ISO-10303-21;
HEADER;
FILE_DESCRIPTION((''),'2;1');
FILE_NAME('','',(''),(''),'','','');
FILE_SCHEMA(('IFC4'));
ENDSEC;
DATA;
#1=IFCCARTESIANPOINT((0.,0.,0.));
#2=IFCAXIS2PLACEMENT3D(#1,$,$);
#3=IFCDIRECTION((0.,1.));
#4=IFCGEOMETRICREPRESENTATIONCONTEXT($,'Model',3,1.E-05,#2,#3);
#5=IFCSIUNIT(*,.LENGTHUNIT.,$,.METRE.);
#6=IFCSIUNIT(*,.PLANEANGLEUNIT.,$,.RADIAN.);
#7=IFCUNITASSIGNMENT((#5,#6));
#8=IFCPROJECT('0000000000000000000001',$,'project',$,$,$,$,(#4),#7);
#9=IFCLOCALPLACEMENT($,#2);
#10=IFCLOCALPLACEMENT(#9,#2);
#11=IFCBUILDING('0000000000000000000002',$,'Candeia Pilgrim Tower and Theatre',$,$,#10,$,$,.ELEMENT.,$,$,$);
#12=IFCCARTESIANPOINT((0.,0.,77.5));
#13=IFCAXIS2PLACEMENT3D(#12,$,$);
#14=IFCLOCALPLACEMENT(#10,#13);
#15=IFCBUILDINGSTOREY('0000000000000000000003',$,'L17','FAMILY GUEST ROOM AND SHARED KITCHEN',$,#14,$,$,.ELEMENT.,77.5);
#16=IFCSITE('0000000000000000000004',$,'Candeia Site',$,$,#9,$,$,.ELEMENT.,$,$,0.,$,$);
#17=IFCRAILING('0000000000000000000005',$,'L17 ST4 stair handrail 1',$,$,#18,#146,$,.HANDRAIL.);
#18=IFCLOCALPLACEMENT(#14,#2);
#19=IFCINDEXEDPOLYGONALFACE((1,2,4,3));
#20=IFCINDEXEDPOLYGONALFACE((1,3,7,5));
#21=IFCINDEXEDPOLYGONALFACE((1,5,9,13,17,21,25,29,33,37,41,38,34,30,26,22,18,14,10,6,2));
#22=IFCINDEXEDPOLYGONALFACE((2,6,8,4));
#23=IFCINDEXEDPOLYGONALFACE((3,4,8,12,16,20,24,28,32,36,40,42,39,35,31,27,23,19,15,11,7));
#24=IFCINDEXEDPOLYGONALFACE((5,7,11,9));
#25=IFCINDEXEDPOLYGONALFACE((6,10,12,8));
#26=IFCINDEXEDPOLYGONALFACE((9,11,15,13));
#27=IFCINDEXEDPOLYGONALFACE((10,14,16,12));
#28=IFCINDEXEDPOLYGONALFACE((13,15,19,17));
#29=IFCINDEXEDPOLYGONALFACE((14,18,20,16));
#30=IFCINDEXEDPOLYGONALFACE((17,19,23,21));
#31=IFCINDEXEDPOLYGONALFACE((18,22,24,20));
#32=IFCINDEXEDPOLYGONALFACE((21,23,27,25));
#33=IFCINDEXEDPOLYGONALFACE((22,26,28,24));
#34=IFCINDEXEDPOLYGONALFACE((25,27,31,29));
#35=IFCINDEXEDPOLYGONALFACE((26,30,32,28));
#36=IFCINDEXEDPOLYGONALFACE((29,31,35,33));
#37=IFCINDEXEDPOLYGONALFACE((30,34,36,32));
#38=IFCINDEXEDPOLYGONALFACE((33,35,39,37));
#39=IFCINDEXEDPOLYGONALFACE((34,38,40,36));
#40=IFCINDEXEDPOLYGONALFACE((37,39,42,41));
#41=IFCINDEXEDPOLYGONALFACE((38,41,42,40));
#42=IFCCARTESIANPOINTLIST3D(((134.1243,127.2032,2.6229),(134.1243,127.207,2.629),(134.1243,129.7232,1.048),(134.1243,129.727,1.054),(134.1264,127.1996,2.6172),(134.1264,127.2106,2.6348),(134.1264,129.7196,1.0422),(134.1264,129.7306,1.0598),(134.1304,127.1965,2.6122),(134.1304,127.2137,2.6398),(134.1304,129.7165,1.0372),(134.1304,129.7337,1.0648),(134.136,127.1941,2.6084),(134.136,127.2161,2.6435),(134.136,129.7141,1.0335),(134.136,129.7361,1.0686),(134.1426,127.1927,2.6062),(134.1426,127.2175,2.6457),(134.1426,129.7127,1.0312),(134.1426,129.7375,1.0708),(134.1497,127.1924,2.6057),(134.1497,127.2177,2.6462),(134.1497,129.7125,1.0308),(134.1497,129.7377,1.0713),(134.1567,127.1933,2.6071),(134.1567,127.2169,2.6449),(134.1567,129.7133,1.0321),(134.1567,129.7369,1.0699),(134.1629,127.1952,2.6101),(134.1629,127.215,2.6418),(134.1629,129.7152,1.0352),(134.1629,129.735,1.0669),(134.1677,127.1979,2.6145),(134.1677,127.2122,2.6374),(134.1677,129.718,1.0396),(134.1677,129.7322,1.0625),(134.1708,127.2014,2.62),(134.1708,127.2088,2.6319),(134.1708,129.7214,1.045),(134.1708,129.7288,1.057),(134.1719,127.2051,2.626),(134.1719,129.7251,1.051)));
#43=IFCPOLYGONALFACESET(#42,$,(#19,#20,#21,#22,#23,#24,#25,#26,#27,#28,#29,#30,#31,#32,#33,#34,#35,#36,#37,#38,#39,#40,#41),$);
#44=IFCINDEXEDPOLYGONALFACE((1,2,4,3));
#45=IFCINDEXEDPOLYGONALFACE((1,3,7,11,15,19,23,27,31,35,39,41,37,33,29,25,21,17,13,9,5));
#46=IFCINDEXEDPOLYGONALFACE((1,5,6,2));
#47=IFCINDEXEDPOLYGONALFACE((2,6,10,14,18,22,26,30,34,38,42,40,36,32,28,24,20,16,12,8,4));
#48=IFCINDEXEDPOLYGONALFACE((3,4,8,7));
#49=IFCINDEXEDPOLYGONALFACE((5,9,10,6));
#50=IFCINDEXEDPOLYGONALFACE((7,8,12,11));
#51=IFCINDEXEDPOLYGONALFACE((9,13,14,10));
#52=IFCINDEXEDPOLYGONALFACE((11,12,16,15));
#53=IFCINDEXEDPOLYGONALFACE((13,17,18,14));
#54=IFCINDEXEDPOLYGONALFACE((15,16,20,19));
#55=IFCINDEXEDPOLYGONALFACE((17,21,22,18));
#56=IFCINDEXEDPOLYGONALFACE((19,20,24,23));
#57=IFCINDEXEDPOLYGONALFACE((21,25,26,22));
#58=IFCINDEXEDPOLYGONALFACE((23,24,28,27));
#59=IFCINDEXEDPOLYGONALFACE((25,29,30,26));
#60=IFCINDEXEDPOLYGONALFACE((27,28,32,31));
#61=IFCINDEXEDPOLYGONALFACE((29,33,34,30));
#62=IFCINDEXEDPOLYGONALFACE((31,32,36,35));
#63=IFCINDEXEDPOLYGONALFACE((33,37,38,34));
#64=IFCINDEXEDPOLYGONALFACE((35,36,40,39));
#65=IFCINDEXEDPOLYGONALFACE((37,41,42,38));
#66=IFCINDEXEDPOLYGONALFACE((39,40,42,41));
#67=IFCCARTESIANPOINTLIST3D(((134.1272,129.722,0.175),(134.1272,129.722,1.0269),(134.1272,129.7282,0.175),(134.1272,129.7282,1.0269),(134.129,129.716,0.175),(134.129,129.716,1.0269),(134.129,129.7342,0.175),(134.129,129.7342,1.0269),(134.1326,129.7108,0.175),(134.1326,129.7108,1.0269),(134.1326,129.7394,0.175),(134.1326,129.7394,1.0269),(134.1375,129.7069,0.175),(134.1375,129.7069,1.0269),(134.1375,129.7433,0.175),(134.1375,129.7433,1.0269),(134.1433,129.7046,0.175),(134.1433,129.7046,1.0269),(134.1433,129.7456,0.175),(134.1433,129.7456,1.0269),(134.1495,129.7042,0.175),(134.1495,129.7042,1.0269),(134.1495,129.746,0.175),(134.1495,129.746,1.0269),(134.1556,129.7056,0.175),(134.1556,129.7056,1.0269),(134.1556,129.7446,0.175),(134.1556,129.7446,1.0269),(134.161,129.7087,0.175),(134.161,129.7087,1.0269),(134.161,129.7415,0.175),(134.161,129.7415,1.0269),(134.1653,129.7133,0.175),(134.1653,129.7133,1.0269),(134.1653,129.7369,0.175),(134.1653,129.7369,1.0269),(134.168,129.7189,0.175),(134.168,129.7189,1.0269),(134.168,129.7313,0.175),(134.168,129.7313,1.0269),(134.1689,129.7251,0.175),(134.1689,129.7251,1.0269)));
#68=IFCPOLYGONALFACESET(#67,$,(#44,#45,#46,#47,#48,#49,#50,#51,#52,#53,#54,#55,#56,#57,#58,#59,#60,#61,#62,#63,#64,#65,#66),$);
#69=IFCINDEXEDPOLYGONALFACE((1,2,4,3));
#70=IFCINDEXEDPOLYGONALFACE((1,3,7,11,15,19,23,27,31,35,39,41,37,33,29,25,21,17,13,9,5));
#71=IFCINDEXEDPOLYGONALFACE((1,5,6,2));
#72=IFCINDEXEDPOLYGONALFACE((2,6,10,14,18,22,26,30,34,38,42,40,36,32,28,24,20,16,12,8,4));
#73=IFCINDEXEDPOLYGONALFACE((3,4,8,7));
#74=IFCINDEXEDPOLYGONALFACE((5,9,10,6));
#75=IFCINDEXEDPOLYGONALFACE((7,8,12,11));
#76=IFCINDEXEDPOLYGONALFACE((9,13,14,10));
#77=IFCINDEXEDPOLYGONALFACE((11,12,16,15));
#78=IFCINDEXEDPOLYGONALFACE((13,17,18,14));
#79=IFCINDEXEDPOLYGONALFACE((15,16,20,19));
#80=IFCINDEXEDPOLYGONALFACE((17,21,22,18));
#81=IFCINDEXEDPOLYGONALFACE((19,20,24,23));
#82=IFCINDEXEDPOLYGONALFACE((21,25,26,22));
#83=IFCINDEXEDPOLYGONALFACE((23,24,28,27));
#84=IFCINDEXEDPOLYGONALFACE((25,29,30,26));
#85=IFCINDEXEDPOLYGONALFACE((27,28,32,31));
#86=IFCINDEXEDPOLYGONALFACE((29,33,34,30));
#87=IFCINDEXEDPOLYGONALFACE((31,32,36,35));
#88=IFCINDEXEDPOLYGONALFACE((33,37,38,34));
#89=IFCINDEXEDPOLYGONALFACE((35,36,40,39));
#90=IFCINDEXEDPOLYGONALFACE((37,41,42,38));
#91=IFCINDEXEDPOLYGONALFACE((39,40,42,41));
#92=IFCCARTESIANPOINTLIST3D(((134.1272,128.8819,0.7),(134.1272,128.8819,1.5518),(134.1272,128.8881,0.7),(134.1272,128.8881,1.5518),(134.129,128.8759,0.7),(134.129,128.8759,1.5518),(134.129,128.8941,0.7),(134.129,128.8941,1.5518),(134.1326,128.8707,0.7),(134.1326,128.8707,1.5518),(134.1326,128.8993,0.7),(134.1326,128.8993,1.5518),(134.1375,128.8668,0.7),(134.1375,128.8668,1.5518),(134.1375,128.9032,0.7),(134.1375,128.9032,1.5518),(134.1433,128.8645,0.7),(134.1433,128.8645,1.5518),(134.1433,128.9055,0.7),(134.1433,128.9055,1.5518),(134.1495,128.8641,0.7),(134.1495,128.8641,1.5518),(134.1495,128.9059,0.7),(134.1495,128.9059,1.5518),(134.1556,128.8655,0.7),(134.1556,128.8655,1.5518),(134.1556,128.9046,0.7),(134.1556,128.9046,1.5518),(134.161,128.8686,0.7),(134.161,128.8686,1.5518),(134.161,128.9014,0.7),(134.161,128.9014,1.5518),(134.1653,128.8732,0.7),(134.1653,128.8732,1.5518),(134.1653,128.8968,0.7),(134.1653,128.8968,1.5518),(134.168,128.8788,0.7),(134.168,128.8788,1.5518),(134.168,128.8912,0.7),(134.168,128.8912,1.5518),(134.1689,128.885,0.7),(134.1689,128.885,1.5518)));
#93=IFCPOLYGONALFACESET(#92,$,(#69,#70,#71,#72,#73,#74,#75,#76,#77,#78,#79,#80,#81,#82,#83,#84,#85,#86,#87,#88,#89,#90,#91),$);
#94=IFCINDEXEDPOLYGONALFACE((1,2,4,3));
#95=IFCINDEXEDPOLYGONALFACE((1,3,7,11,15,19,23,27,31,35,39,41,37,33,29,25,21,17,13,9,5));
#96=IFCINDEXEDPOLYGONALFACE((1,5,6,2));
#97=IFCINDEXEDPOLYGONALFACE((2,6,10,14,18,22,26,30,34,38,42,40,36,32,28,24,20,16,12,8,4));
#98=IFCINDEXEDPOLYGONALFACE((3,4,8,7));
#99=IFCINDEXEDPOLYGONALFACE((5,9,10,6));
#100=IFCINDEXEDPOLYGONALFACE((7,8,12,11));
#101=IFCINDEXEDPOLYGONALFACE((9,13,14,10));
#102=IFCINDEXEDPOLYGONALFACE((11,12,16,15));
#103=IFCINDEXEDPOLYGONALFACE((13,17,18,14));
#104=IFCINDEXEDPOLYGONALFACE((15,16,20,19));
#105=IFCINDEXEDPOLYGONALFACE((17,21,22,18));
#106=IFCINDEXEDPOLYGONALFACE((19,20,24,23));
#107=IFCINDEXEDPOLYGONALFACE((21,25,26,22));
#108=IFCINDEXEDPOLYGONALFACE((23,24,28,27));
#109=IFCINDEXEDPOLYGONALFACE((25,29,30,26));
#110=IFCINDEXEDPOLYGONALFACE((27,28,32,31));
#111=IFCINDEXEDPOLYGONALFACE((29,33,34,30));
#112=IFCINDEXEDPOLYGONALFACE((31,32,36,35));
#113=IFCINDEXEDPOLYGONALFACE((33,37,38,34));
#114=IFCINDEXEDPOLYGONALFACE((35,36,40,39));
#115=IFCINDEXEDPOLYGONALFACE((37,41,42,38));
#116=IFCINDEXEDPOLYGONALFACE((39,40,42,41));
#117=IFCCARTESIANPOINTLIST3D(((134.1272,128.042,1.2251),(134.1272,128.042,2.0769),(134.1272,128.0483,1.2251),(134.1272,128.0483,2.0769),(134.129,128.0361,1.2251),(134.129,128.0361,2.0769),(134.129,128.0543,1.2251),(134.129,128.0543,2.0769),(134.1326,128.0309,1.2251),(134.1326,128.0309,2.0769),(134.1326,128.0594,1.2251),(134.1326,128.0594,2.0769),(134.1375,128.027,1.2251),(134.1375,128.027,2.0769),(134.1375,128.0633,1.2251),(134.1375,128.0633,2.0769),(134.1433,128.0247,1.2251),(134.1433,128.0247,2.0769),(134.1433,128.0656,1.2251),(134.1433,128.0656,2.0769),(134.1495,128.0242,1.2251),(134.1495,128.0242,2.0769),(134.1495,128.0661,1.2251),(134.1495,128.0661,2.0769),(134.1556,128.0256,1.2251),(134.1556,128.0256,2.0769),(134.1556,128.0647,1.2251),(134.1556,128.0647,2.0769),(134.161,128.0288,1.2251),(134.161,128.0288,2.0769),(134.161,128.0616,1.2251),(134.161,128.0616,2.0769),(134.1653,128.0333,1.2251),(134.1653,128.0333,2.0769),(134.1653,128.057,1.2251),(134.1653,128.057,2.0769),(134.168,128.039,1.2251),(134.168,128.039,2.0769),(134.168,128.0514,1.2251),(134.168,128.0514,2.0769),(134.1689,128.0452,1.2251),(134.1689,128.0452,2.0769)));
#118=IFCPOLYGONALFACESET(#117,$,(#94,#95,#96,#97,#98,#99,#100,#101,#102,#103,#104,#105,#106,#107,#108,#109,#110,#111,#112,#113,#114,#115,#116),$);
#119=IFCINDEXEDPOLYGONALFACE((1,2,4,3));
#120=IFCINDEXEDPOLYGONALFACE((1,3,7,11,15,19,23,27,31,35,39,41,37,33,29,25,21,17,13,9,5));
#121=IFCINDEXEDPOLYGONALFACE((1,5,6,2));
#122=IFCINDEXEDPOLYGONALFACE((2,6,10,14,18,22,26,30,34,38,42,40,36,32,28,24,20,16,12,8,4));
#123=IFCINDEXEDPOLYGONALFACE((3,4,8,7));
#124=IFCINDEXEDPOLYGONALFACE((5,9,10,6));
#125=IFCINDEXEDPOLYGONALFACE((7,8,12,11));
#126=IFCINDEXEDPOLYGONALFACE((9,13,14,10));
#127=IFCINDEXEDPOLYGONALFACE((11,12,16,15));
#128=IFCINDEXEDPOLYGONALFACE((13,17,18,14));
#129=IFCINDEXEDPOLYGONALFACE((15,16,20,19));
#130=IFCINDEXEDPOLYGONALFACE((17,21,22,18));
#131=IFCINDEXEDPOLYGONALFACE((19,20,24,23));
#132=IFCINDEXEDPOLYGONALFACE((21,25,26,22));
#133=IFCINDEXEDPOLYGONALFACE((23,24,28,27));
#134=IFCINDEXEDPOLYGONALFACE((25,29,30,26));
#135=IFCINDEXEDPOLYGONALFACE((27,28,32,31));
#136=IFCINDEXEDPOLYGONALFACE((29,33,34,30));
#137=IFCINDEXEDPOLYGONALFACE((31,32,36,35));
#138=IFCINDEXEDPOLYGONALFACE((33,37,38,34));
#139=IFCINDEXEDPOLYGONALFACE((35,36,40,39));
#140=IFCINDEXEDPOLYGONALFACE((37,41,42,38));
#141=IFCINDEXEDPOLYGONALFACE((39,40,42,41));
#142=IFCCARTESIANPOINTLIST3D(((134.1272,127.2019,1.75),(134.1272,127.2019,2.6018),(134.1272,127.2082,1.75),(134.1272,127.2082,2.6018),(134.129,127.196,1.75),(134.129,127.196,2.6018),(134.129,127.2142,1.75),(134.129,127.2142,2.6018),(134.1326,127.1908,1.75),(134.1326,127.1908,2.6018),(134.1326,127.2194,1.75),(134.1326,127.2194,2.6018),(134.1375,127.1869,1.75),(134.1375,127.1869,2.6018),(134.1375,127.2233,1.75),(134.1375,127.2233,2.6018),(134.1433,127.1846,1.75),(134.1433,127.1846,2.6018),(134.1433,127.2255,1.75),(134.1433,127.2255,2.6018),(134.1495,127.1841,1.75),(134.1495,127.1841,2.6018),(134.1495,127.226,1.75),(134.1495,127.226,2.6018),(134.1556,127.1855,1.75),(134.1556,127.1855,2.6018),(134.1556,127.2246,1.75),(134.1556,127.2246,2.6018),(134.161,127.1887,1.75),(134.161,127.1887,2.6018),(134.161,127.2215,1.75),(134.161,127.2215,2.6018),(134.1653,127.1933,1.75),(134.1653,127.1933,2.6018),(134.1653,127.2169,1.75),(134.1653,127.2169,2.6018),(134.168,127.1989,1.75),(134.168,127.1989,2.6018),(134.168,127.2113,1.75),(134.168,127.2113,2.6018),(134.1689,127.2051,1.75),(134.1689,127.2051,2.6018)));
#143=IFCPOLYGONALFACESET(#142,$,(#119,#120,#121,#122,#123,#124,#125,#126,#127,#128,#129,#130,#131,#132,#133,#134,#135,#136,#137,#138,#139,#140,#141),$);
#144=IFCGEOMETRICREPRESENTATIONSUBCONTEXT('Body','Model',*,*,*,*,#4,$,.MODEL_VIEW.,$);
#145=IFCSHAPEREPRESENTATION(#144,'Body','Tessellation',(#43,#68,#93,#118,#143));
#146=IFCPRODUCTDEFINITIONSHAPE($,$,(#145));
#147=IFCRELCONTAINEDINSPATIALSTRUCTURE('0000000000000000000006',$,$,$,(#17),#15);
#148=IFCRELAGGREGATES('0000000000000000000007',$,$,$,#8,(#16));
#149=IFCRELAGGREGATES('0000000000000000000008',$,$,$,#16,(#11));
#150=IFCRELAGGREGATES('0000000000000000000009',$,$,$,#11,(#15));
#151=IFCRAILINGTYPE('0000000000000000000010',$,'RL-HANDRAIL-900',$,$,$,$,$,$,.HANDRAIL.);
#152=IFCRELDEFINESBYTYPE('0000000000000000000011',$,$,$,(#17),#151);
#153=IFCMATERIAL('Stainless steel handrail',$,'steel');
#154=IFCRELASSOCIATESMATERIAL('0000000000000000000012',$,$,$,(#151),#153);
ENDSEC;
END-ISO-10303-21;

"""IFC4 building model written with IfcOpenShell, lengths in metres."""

from ifc_helpers import new_model, si_unit, direction, frame, origin, origin_2d, place, context, subcontext, project, spatial, circle, extrude, material, type_object, element, save


model = new_model("IFC4")

# Units and contexts
model_context = context("Model", 3, precision=1e-05, world=origin(), true_north=direction((0.0, 1.0)))
body_context = subcontext(model_context, "Body", "Model", "MODEL_VIEW")
ifc_project = project(units=[si_unit("LENGTHUNIT", "METRE"), si_unit("PLANEANGLEUNIT", "RADIAN")], contexts=[model_context])

# Site, building, storey
site_placement = place(None, origin())
site = spatial("IfcSite", under=ifc_project, at=site_placement, Name="Candeia Site", CompositionType="ELEMENT", RefElevation=0.0)
building_placement = place(site_placement, origin())
building = spatial("IfcBuilding", under=site, at=building_placement, Name="Candeia Pilgrim Tower and Theatre", CompositionType="ELEMENT")
storey_placement = place(building_placement, frame((0.0, 0.0, 77.5)))
storey = spatial("IfcBuildingStorey", under=building, at=storey_placement, Name="L17", Description="FAMILY GUEST ROOM AND SHARED KITCHEN", CompositionType="ELEMENT", Elevation=77.5)

# Railing
ifc_material_1 = material(Name="Stainless steel handrail", Category="steel")
railing_type_1 = type_object("IfcRailingType", Name="RL-HANDRAIL-900", PredefinedType="HANDRAIL", material=ifc_material_1)
railing_1_placement = place(storey_placement, frame((134.1479, 129.7251, 0.175)))
element("IfcRailing", 1, at=railing_1_placement, inside=storey, type_object=railing_type_1, Name="L17 ST4 stair handrail 1", PredefinedType="HANDRAIL", context=body_context, shape_type="SweptSolid", body=[
    extrude(circle(Radius=0.0239, at=origin_2d()), frame((0.0, 0.0, 0.876), z_axis=(0.0, -0.848008, 0.529984), x_axis=(1.0, 0.0, 0.0)), (0.0, 0.0, 1.0), 2.9717),
    extrude(circle(Radius=0.021, at=origin_2d()), origin(), (0.0, 0.0, 1.0), 0.8518),
    extrude(circle(Radius=0.021, at=origin_2d()), frame((0.0, -0.8401, 0.5249)), (0.0, 0.0, 1.0), 0.8518),
    extrude(circle(Radius=0.021, at=origin_2d()), frame((0.0, -1.6799, 1.05)), (0.0, 0.0, 1.0), 0.8518),
    extrude(circle(Radius=0.021, at=origin_2d()), frame((0.0, -2.52, 1.575)), (0.0, 0.0, 1.0), 0.8518),
])

save(model, "model.ifc")
